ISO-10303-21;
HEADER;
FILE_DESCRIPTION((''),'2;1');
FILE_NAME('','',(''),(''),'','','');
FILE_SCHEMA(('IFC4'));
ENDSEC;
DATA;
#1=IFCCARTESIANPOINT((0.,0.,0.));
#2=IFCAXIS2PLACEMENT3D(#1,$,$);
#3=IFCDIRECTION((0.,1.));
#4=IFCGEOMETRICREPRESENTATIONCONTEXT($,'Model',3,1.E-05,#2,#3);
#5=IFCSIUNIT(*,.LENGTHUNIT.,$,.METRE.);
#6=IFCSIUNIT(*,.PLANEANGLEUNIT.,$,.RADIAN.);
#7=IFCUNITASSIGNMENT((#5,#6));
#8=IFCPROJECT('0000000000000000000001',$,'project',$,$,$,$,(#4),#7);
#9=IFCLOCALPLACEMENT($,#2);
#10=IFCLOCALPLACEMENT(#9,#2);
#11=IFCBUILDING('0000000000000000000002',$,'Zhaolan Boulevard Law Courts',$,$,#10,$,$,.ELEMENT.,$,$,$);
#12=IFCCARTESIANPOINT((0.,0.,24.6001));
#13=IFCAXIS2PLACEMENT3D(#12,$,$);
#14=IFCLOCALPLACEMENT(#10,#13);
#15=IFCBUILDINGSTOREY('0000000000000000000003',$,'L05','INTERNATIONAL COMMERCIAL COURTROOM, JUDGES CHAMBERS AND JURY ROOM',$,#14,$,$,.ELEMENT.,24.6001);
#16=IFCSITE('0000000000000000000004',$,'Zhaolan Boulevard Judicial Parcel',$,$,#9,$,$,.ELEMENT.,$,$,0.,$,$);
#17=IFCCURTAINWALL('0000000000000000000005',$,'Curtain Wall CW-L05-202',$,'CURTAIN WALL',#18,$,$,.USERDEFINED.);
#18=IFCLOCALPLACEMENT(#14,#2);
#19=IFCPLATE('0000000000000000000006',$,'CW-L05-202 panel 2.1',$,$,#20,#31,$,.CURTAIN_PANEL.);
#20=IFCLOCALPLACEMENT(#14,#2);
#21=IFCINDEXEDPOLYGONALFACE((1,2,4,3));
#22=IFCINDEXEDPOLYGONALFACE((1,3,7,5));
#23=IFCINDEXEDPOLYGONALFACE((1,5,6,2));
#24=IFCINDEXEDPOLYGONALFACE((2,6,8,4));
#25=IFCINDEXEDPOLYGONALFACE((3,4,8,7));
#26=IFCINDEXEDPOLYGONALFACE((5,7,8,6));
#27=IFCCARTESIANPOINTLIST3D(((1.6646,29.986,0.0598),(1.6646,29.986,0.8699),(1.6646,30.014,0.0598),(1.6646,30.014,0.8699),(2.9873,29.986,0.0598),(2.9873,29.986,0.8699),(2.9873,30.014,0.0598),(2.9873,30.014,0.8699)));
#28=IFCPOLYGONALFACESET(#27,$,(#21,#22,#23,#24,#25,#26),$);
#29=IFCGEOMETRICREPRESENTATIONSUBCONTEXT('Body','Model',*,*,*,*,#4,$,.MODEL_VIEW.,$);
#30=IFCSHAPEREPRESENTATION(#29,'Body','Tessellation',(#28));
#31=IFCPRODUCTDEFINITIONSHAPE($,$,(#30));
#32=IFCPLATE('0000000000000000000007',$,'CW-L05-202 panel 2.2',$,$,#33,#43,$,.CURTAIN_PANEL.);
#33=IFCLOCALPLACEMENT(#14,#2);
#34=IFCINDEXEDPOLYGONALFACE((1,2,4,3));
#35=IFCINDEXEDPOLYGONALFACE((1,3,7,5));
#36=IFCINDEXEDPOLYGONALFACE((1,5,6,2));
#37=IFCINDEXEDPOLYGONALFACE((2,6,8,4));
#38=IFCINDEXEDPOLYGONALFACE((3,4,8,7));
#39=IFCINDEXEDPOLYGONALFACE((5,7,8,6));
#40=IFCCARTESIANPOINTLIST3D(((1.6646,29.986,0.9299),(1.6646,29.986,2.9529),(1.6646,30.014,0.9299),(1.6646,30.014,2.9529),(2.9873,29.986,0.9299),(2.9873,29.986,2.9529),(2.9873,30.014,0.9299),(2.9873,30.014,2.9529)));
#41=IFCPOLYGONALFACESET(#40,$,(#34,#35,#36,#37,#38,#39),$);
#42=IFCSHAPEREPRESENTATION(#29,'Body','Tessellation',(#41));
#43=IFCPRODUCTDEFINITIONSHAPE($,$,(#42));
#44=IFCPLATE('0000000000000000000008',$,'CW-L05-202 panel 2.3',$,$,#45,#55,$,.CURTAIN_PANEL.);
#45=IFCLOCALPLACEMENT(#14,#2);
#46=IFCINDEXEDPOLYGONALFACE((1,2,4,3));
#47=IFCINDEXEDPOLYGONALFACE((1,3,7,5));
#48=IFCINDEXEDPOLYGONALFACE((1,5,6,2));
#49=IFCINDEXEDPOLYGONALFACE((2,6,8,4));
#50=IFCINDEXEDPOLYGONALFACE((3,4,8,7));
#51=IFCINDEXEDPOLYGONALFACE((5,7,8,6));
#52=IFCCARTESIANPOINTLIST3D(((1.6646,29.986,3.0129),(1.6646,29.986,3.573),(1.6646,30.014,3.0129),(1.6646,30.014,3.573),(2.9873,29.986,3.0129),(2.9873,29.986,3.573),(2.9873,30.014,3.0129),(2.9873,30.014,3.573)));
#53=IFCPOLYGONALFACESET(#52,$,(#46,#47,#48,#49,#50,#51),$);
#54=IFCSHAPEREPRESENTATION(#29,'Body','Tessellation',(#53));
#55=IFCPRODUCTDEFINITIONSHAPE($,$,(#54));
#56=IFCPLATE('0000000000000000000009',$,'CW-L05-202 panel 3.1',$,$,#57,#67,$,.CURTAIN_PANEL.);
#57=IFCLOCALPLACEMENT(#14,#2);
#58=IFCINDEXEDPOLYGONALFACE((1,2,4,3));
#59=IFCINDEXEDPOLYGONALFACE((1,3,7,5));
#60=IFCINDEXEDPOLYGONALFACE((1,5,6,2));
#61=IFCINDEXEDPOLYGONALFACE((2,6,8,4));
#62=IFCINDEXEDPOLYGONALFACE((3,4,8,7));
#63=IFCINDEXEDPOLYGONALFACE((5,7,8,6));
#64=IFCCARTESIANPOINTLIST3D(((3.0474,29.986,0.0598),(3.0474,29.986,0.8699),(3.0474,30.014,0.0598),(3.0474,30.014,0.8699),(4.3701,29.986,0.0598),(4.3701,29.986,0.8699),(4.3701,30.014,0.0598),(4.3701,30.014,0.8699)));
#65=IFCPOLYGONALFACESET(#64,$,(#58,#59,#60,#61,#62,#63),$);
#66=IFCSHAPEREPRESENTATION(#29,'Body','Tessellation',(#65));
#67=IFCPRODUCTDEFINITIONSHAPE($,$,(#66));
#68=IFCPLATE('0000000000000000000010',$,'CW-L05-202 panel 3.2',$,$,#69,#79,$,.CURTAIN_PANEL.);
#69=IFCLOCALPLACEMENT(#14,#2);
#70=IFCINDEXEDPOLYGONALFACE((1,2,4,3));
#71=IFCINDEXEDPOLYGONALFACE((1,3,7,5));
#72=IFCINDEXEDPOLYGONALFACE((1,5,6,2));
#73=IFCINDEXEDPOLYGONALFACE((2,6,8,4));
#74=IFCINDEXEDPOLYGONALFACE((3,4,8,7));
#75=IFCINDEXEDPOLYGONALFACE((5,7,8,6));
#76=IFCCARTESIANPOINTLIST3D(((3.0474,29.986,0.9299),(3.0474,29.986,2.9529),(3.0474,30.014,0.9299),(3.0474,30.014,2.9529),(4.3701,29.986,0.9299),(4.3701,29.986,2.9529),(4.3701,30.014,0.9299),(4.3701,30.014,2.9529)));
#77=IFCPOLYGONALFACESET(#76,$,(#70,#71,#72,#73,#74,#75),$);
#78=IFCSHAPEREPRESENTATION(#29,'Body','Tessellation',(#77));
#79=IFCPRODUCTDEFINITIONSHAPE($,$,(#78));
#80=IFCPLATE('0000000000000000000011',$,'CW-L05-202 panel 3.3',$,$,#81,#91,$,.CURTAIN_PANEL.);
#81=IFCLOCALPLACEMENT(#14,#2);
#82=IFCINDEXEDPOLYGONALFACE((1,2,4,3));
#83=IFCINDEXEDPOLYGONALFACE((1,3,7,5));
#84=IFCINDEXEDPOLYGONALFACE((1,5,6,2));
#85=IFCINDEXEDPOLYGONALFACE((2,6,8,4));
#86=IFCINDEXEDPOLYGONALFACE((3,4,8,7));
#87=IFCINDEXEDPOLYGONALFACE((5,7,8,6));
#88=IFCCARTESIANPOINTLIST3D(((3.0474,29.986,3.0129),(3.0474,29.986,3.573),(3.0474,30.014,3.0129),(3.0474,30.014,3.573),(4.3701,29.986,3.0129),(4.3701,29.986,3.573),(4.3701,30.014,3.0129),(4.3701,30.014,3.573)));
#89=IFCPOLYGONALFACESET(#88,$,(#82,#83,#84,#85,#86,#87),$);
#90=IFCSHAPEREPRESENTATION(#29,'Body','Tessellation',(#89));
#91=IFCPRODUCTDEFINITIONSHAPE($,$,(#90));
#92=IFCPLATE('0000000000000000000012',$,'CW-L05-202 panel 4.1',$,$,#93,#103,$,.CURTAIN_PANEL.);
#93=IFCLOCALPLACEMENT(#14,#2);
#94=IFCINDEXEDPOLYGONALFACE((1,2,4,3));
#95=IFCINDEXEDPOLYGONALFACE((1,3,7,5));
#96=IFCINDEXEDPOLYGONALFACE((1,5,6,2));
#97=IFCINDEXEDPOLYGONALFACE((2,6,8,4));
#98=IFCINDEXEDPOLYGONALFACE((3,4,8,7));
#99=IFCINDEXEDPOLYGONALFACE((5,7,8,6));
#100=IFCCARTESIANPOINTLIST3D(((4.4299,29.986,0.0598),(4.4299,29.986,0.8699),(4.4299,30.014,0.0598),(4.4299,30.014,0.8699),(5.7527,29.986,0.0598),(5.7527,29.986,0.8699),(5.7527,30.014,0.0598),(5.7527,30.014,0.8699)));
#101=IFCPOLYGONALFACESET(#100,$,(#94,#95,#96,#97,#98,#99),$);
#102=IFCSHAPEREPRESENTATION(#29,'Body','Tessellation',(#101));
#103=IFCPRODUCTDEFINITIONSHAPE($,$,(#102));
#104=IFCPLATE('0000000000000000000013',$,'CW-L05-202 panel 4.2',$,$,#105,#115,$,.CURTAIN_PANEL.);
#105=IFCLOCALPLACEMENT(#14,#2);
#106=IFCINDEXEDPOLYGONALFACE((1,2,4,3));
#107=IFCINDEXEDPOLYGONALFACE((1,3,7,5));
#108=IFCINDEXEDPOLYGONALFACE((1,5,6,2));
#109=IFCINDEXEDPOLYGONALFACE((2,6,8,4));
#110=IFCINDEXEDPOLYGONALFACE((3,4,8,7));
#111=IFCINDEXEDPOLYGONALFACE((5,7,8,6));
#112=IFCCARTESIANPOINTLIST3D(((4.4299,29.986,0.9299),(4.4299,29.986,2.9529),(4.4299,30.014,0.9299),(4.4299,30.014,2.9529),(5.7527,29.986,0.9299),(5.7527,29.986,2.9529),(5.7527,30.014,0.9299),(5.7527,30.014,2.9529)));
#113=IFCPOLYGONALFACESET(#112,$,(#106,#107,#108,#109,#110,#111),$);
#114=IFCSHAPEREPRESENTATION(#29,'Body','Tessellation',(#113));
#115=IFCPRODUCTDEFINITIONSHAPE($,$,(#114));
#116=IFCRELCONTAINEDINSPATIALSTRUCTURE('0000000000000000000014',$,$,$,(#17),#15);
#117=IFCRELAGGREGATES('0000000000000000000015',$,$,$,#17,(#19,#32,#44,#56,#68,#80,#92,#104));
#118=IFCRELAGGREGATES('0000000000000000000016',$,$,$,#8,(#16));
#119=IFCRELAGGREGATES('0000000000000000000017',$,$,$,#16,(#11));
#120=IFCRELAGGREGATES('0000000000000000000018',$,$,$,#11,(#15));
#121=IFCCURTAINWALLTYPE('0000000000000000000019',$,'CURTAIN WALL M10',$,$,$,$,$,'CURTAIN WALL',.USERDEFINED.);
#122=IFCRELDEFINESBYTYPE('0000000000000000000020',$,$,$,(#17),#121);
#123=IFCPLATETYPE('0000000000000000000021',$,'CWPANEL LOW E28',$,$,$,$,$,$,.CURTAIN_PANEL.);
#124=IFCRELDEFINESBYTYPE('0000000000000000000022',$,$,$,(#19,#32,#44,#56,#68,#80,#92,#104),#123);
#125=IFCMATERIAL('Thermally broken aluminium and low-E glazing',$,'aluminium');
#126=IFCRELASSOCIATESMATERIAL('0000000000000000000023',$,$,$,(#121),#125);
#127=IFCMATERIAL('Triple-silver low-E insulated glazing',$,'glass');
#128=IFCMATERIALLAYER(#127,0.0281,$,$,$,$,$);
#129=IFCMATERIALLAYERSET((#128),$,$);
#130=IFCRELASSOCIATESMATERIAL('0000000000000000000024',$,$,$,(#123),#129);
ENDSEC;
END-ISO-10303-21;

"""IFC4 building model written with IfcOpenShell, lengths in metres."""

from ifc_helpers import new_model, si_unit, direction, frame, origin, origin_2d, place, context, subcontext, project, spatial, rectangle, extrude, material, layer, layer_set, type_object, element, aggregate, save


model = new_model("IFC4")

# Units and contexts
model_context = context("Model", 3, precision=1e-05, world=origin(), true_north=direction((0.0, 1.0)))
body_context = subcontext(model_context, "Body", "Model", "MODEL_VIEW")
ifc_project = project(units=[si_unit("LENGTHUNIT", "METRE"), si_unit("PLANEANGLEUNIT", "RADIAN")], contexts=[model_context])

# Site, building, storey
site_placement = place(None, origin())
site = spatial("IfcSite", under=ifc_project, at=site_placement, Name="Zhaolan Boulevard Judicial Parcel", CompositionType="ELEMENT", RefElevation=0.0)
building_placement = place(site_placement, origin())
building = spatial("IfcBuilding", under=site, at=building_placement, Name="Zhaolan Boulevard Law Courts", CompositionType="ELEMENT")
storey_placement = place(building_placement, frame((0.0, 0.0, 24.6001)))
storey = spatial("IfcBuildingStorey", under=building, at=storey_placement, Name="L05", Description="INTERNATIONAL COMMERCIAL COURTROOM, JUDGES CHAMBERS AND JURY ROOM", CompositionType="ELEMENT", Elevation=24.6001)

# Curtain wall, plates
ifc_material_1 = material(Name="Thermally broken aluminium and low-E glazing", Category="aluminium")
curtain_wall_type = type_object("IfcCurtainWallType", Name="CURTAIN WALL M10", ElementType="CURTAIN WALL", PredefinedType="USERDEFINED", material=ifc_material_1)
curtain_wall_placement = place(storey_placement, origin())
curtain_wall = element("IfcCurtainWall", 1, at=curtain_wall_placement, inside=storey, type_object=curtain_wall_type, Name="Curtain Wall CW-L05-202", ObjectType="CURTAIN WALL", PredefinedType="USERDEFINED")
ifc_material_2 = material(Name="Triple-silver low-E insulated glazing", Category="glass")
ifc_layer = layer(ifc_material_2, 0.0281)
ifc_layer_set = layer_set([ifc_layer])
plate_type = type_object("IfcPlateType", Name="CWPANEL LOW E28", PredefinedType="CURTAIN_PANEL", material=ifc_layer_set)
plate_1_placement = place(storey_placement, frame((2.3259, 30.0, 0.0598), z_axis=(0.0, 0.0, 1.0), x_axis=(1.0, 0.0, 0.0)))
plate_1 = element("IfcPlate", 2, at=plate_1_placement, type_object=plate_type, Name="CW-L05-202 panel 2.1", PredefinedType="CURTAIN_PANEL", context=body_context, shape_type="SweptSolid", body=[
    extrude(rectangle(XDim=1.3228, YDim=0.0281, at=origin_2d()), origin(), (0.0, 0.0, 1.0), 0.8101),
])
plate_2_placement = place(storey_placement, frame((2.3259, 30.0, 0.9299), z_axis=(0.0, 0.0, 1.0), x_axis=(1.0, 0.0, 0.0)))
plate_2 = element("IfcPlate", 3, at=plate_2_placement, type_object=plate_type, Name="CW-L05-202 panel 2.2", PredefinedType="CURTAIN_PANEL", context=body_context, shape_type="SweptSolid", body=[
    extrude(rectangle(XDim=1.3228, YDim=0.0281, at=origin_2d()), origin(), (0.0, 0.0, 1.0), 2.0229),
])
plate_3_placement = place(storey_placement, frame((2.3259, 30.0, 3.0129), z_axis=(0.0, 0.0, 1.0), x_axis=(1.0, 0.0, 0.0)))
plate_3 = element("IfcPlate", 4, at=plate_3_placement, type_object=plate_type, Name="CW-L05-202 panel 2.3", PredefinedType="CURTAIN_PANEL", context=body_context, shape_type="SweptSolid", body=[
    extrude(rectangle(XDim=1.3228, YDim=0.0281, at=origin_2d()), origin(), (0.0, 0.0, 1.0), 0.5601),
])
plate_4_placement = place(storey_placement, frame((3.7087, 30.0, 0.0598), z_axis=(0.0, 0.0, 1.0), x_axis=(1.0, 0.0, 0.0)))
plate_4 = element("IfcPlate", 5, at=plate_4_placement, type_object=plate_type, Name="CW-L05-202 panel 3.1", PredefinedType="CURTAIN_PANEL", context=body_context, shape_type="SweptSolid", body=[
    extrude(rectangle(XDim=1.3228, YDim=0.0281, at=origin_2d()), origin(), (0.0, 0.0, 1.0), 0.8101),
])
plate_5_placement = place(storey_placement, frame((3.7087, 30.0, 0.9299), z_axis=(0.0, 0.0, 1.0), x_axis=(1.0, 0.0, 0.0)))
plate_5 = element("IfcPlate", 6, at=plate_5_placement, type_object=plate_type, Name="CW-L05-202 panel 3.2", PredefinedType="CURTAIN_PANEL", context=body_context, shape_type="SweptSolid", body=[
    extrude(rectangle(XDim=1.3228, YDim=0.0281, at=origin_2d()), origin(), (0.0, 0.0, 1.0), 2.0229),
])
plate_6_placement = place(storey_placement, frame((3.7087, 30.0, 3.0129), z_axis=(0.0, 0.0, 1.0), x_axis=(1.0, 0.0, 0.0)))
plate_6 = element("IfcPlate", 7, at=plate_6_placement, type_object=plate_type, Name="CW-L05-202 panel 3.3", PredefinedType="CURTAIN_PANEL", context=body_context, shape_type="SweptSolid", body=[
    extrude(rectangle(XDim=1.3228, YDim=0.0281, at=origin_2d()), origin(), (0.0, 0.0, 1.0), 0.5601),
])
plate_7_placement = place(storey_placement, frame((5.0913, 30.0, 0.0598), z_axis=(0.0, 0.0, 1.0), x_axis=(1.0, 0.0, 0.0)))
plate_7 = element("IfcPlate", 8, at=plate_7_placement, type_object=plate_type, Name="CW-L05-202 panel 4.1", PredefinedType="CURTAIN_PANEL", context=body_context, shape_type="SweptSolid", body=[
    extrude(rectangle(XDim=1.3228, YDim=0.0281, at=origin_2d()), origin(), (0.0, 0.0, 1.0), 0.8101),
])
plate_8_placement = place(storey_placement, frame((5.0913, 30.0, 0.9299), z_axis=(0.0, 0.0, 1.0), x_axis=(1.0, 0.0, 0.0)))
plate_8 = element("IfcPlate", 9, at=plate_8_placement, type_object=plate_type, Name="CW-L05-202 panel 4.2", PredefinedType="CURTAIN_PANEL", context=body_context, shape_type="SweptSolid", body=[
    extrude(rectangle(XDim=1.3228, YDim=0.0281, at=origin_2d()), origin(), (0.0, 0.0, 1.0), 2.0229),
])
aggregate(curtain_wall, [plate_1, plate_2, plate_3, plate_4, plate_5, plate_6, plate_7, plate_8])

save(model, "model.ifc")
